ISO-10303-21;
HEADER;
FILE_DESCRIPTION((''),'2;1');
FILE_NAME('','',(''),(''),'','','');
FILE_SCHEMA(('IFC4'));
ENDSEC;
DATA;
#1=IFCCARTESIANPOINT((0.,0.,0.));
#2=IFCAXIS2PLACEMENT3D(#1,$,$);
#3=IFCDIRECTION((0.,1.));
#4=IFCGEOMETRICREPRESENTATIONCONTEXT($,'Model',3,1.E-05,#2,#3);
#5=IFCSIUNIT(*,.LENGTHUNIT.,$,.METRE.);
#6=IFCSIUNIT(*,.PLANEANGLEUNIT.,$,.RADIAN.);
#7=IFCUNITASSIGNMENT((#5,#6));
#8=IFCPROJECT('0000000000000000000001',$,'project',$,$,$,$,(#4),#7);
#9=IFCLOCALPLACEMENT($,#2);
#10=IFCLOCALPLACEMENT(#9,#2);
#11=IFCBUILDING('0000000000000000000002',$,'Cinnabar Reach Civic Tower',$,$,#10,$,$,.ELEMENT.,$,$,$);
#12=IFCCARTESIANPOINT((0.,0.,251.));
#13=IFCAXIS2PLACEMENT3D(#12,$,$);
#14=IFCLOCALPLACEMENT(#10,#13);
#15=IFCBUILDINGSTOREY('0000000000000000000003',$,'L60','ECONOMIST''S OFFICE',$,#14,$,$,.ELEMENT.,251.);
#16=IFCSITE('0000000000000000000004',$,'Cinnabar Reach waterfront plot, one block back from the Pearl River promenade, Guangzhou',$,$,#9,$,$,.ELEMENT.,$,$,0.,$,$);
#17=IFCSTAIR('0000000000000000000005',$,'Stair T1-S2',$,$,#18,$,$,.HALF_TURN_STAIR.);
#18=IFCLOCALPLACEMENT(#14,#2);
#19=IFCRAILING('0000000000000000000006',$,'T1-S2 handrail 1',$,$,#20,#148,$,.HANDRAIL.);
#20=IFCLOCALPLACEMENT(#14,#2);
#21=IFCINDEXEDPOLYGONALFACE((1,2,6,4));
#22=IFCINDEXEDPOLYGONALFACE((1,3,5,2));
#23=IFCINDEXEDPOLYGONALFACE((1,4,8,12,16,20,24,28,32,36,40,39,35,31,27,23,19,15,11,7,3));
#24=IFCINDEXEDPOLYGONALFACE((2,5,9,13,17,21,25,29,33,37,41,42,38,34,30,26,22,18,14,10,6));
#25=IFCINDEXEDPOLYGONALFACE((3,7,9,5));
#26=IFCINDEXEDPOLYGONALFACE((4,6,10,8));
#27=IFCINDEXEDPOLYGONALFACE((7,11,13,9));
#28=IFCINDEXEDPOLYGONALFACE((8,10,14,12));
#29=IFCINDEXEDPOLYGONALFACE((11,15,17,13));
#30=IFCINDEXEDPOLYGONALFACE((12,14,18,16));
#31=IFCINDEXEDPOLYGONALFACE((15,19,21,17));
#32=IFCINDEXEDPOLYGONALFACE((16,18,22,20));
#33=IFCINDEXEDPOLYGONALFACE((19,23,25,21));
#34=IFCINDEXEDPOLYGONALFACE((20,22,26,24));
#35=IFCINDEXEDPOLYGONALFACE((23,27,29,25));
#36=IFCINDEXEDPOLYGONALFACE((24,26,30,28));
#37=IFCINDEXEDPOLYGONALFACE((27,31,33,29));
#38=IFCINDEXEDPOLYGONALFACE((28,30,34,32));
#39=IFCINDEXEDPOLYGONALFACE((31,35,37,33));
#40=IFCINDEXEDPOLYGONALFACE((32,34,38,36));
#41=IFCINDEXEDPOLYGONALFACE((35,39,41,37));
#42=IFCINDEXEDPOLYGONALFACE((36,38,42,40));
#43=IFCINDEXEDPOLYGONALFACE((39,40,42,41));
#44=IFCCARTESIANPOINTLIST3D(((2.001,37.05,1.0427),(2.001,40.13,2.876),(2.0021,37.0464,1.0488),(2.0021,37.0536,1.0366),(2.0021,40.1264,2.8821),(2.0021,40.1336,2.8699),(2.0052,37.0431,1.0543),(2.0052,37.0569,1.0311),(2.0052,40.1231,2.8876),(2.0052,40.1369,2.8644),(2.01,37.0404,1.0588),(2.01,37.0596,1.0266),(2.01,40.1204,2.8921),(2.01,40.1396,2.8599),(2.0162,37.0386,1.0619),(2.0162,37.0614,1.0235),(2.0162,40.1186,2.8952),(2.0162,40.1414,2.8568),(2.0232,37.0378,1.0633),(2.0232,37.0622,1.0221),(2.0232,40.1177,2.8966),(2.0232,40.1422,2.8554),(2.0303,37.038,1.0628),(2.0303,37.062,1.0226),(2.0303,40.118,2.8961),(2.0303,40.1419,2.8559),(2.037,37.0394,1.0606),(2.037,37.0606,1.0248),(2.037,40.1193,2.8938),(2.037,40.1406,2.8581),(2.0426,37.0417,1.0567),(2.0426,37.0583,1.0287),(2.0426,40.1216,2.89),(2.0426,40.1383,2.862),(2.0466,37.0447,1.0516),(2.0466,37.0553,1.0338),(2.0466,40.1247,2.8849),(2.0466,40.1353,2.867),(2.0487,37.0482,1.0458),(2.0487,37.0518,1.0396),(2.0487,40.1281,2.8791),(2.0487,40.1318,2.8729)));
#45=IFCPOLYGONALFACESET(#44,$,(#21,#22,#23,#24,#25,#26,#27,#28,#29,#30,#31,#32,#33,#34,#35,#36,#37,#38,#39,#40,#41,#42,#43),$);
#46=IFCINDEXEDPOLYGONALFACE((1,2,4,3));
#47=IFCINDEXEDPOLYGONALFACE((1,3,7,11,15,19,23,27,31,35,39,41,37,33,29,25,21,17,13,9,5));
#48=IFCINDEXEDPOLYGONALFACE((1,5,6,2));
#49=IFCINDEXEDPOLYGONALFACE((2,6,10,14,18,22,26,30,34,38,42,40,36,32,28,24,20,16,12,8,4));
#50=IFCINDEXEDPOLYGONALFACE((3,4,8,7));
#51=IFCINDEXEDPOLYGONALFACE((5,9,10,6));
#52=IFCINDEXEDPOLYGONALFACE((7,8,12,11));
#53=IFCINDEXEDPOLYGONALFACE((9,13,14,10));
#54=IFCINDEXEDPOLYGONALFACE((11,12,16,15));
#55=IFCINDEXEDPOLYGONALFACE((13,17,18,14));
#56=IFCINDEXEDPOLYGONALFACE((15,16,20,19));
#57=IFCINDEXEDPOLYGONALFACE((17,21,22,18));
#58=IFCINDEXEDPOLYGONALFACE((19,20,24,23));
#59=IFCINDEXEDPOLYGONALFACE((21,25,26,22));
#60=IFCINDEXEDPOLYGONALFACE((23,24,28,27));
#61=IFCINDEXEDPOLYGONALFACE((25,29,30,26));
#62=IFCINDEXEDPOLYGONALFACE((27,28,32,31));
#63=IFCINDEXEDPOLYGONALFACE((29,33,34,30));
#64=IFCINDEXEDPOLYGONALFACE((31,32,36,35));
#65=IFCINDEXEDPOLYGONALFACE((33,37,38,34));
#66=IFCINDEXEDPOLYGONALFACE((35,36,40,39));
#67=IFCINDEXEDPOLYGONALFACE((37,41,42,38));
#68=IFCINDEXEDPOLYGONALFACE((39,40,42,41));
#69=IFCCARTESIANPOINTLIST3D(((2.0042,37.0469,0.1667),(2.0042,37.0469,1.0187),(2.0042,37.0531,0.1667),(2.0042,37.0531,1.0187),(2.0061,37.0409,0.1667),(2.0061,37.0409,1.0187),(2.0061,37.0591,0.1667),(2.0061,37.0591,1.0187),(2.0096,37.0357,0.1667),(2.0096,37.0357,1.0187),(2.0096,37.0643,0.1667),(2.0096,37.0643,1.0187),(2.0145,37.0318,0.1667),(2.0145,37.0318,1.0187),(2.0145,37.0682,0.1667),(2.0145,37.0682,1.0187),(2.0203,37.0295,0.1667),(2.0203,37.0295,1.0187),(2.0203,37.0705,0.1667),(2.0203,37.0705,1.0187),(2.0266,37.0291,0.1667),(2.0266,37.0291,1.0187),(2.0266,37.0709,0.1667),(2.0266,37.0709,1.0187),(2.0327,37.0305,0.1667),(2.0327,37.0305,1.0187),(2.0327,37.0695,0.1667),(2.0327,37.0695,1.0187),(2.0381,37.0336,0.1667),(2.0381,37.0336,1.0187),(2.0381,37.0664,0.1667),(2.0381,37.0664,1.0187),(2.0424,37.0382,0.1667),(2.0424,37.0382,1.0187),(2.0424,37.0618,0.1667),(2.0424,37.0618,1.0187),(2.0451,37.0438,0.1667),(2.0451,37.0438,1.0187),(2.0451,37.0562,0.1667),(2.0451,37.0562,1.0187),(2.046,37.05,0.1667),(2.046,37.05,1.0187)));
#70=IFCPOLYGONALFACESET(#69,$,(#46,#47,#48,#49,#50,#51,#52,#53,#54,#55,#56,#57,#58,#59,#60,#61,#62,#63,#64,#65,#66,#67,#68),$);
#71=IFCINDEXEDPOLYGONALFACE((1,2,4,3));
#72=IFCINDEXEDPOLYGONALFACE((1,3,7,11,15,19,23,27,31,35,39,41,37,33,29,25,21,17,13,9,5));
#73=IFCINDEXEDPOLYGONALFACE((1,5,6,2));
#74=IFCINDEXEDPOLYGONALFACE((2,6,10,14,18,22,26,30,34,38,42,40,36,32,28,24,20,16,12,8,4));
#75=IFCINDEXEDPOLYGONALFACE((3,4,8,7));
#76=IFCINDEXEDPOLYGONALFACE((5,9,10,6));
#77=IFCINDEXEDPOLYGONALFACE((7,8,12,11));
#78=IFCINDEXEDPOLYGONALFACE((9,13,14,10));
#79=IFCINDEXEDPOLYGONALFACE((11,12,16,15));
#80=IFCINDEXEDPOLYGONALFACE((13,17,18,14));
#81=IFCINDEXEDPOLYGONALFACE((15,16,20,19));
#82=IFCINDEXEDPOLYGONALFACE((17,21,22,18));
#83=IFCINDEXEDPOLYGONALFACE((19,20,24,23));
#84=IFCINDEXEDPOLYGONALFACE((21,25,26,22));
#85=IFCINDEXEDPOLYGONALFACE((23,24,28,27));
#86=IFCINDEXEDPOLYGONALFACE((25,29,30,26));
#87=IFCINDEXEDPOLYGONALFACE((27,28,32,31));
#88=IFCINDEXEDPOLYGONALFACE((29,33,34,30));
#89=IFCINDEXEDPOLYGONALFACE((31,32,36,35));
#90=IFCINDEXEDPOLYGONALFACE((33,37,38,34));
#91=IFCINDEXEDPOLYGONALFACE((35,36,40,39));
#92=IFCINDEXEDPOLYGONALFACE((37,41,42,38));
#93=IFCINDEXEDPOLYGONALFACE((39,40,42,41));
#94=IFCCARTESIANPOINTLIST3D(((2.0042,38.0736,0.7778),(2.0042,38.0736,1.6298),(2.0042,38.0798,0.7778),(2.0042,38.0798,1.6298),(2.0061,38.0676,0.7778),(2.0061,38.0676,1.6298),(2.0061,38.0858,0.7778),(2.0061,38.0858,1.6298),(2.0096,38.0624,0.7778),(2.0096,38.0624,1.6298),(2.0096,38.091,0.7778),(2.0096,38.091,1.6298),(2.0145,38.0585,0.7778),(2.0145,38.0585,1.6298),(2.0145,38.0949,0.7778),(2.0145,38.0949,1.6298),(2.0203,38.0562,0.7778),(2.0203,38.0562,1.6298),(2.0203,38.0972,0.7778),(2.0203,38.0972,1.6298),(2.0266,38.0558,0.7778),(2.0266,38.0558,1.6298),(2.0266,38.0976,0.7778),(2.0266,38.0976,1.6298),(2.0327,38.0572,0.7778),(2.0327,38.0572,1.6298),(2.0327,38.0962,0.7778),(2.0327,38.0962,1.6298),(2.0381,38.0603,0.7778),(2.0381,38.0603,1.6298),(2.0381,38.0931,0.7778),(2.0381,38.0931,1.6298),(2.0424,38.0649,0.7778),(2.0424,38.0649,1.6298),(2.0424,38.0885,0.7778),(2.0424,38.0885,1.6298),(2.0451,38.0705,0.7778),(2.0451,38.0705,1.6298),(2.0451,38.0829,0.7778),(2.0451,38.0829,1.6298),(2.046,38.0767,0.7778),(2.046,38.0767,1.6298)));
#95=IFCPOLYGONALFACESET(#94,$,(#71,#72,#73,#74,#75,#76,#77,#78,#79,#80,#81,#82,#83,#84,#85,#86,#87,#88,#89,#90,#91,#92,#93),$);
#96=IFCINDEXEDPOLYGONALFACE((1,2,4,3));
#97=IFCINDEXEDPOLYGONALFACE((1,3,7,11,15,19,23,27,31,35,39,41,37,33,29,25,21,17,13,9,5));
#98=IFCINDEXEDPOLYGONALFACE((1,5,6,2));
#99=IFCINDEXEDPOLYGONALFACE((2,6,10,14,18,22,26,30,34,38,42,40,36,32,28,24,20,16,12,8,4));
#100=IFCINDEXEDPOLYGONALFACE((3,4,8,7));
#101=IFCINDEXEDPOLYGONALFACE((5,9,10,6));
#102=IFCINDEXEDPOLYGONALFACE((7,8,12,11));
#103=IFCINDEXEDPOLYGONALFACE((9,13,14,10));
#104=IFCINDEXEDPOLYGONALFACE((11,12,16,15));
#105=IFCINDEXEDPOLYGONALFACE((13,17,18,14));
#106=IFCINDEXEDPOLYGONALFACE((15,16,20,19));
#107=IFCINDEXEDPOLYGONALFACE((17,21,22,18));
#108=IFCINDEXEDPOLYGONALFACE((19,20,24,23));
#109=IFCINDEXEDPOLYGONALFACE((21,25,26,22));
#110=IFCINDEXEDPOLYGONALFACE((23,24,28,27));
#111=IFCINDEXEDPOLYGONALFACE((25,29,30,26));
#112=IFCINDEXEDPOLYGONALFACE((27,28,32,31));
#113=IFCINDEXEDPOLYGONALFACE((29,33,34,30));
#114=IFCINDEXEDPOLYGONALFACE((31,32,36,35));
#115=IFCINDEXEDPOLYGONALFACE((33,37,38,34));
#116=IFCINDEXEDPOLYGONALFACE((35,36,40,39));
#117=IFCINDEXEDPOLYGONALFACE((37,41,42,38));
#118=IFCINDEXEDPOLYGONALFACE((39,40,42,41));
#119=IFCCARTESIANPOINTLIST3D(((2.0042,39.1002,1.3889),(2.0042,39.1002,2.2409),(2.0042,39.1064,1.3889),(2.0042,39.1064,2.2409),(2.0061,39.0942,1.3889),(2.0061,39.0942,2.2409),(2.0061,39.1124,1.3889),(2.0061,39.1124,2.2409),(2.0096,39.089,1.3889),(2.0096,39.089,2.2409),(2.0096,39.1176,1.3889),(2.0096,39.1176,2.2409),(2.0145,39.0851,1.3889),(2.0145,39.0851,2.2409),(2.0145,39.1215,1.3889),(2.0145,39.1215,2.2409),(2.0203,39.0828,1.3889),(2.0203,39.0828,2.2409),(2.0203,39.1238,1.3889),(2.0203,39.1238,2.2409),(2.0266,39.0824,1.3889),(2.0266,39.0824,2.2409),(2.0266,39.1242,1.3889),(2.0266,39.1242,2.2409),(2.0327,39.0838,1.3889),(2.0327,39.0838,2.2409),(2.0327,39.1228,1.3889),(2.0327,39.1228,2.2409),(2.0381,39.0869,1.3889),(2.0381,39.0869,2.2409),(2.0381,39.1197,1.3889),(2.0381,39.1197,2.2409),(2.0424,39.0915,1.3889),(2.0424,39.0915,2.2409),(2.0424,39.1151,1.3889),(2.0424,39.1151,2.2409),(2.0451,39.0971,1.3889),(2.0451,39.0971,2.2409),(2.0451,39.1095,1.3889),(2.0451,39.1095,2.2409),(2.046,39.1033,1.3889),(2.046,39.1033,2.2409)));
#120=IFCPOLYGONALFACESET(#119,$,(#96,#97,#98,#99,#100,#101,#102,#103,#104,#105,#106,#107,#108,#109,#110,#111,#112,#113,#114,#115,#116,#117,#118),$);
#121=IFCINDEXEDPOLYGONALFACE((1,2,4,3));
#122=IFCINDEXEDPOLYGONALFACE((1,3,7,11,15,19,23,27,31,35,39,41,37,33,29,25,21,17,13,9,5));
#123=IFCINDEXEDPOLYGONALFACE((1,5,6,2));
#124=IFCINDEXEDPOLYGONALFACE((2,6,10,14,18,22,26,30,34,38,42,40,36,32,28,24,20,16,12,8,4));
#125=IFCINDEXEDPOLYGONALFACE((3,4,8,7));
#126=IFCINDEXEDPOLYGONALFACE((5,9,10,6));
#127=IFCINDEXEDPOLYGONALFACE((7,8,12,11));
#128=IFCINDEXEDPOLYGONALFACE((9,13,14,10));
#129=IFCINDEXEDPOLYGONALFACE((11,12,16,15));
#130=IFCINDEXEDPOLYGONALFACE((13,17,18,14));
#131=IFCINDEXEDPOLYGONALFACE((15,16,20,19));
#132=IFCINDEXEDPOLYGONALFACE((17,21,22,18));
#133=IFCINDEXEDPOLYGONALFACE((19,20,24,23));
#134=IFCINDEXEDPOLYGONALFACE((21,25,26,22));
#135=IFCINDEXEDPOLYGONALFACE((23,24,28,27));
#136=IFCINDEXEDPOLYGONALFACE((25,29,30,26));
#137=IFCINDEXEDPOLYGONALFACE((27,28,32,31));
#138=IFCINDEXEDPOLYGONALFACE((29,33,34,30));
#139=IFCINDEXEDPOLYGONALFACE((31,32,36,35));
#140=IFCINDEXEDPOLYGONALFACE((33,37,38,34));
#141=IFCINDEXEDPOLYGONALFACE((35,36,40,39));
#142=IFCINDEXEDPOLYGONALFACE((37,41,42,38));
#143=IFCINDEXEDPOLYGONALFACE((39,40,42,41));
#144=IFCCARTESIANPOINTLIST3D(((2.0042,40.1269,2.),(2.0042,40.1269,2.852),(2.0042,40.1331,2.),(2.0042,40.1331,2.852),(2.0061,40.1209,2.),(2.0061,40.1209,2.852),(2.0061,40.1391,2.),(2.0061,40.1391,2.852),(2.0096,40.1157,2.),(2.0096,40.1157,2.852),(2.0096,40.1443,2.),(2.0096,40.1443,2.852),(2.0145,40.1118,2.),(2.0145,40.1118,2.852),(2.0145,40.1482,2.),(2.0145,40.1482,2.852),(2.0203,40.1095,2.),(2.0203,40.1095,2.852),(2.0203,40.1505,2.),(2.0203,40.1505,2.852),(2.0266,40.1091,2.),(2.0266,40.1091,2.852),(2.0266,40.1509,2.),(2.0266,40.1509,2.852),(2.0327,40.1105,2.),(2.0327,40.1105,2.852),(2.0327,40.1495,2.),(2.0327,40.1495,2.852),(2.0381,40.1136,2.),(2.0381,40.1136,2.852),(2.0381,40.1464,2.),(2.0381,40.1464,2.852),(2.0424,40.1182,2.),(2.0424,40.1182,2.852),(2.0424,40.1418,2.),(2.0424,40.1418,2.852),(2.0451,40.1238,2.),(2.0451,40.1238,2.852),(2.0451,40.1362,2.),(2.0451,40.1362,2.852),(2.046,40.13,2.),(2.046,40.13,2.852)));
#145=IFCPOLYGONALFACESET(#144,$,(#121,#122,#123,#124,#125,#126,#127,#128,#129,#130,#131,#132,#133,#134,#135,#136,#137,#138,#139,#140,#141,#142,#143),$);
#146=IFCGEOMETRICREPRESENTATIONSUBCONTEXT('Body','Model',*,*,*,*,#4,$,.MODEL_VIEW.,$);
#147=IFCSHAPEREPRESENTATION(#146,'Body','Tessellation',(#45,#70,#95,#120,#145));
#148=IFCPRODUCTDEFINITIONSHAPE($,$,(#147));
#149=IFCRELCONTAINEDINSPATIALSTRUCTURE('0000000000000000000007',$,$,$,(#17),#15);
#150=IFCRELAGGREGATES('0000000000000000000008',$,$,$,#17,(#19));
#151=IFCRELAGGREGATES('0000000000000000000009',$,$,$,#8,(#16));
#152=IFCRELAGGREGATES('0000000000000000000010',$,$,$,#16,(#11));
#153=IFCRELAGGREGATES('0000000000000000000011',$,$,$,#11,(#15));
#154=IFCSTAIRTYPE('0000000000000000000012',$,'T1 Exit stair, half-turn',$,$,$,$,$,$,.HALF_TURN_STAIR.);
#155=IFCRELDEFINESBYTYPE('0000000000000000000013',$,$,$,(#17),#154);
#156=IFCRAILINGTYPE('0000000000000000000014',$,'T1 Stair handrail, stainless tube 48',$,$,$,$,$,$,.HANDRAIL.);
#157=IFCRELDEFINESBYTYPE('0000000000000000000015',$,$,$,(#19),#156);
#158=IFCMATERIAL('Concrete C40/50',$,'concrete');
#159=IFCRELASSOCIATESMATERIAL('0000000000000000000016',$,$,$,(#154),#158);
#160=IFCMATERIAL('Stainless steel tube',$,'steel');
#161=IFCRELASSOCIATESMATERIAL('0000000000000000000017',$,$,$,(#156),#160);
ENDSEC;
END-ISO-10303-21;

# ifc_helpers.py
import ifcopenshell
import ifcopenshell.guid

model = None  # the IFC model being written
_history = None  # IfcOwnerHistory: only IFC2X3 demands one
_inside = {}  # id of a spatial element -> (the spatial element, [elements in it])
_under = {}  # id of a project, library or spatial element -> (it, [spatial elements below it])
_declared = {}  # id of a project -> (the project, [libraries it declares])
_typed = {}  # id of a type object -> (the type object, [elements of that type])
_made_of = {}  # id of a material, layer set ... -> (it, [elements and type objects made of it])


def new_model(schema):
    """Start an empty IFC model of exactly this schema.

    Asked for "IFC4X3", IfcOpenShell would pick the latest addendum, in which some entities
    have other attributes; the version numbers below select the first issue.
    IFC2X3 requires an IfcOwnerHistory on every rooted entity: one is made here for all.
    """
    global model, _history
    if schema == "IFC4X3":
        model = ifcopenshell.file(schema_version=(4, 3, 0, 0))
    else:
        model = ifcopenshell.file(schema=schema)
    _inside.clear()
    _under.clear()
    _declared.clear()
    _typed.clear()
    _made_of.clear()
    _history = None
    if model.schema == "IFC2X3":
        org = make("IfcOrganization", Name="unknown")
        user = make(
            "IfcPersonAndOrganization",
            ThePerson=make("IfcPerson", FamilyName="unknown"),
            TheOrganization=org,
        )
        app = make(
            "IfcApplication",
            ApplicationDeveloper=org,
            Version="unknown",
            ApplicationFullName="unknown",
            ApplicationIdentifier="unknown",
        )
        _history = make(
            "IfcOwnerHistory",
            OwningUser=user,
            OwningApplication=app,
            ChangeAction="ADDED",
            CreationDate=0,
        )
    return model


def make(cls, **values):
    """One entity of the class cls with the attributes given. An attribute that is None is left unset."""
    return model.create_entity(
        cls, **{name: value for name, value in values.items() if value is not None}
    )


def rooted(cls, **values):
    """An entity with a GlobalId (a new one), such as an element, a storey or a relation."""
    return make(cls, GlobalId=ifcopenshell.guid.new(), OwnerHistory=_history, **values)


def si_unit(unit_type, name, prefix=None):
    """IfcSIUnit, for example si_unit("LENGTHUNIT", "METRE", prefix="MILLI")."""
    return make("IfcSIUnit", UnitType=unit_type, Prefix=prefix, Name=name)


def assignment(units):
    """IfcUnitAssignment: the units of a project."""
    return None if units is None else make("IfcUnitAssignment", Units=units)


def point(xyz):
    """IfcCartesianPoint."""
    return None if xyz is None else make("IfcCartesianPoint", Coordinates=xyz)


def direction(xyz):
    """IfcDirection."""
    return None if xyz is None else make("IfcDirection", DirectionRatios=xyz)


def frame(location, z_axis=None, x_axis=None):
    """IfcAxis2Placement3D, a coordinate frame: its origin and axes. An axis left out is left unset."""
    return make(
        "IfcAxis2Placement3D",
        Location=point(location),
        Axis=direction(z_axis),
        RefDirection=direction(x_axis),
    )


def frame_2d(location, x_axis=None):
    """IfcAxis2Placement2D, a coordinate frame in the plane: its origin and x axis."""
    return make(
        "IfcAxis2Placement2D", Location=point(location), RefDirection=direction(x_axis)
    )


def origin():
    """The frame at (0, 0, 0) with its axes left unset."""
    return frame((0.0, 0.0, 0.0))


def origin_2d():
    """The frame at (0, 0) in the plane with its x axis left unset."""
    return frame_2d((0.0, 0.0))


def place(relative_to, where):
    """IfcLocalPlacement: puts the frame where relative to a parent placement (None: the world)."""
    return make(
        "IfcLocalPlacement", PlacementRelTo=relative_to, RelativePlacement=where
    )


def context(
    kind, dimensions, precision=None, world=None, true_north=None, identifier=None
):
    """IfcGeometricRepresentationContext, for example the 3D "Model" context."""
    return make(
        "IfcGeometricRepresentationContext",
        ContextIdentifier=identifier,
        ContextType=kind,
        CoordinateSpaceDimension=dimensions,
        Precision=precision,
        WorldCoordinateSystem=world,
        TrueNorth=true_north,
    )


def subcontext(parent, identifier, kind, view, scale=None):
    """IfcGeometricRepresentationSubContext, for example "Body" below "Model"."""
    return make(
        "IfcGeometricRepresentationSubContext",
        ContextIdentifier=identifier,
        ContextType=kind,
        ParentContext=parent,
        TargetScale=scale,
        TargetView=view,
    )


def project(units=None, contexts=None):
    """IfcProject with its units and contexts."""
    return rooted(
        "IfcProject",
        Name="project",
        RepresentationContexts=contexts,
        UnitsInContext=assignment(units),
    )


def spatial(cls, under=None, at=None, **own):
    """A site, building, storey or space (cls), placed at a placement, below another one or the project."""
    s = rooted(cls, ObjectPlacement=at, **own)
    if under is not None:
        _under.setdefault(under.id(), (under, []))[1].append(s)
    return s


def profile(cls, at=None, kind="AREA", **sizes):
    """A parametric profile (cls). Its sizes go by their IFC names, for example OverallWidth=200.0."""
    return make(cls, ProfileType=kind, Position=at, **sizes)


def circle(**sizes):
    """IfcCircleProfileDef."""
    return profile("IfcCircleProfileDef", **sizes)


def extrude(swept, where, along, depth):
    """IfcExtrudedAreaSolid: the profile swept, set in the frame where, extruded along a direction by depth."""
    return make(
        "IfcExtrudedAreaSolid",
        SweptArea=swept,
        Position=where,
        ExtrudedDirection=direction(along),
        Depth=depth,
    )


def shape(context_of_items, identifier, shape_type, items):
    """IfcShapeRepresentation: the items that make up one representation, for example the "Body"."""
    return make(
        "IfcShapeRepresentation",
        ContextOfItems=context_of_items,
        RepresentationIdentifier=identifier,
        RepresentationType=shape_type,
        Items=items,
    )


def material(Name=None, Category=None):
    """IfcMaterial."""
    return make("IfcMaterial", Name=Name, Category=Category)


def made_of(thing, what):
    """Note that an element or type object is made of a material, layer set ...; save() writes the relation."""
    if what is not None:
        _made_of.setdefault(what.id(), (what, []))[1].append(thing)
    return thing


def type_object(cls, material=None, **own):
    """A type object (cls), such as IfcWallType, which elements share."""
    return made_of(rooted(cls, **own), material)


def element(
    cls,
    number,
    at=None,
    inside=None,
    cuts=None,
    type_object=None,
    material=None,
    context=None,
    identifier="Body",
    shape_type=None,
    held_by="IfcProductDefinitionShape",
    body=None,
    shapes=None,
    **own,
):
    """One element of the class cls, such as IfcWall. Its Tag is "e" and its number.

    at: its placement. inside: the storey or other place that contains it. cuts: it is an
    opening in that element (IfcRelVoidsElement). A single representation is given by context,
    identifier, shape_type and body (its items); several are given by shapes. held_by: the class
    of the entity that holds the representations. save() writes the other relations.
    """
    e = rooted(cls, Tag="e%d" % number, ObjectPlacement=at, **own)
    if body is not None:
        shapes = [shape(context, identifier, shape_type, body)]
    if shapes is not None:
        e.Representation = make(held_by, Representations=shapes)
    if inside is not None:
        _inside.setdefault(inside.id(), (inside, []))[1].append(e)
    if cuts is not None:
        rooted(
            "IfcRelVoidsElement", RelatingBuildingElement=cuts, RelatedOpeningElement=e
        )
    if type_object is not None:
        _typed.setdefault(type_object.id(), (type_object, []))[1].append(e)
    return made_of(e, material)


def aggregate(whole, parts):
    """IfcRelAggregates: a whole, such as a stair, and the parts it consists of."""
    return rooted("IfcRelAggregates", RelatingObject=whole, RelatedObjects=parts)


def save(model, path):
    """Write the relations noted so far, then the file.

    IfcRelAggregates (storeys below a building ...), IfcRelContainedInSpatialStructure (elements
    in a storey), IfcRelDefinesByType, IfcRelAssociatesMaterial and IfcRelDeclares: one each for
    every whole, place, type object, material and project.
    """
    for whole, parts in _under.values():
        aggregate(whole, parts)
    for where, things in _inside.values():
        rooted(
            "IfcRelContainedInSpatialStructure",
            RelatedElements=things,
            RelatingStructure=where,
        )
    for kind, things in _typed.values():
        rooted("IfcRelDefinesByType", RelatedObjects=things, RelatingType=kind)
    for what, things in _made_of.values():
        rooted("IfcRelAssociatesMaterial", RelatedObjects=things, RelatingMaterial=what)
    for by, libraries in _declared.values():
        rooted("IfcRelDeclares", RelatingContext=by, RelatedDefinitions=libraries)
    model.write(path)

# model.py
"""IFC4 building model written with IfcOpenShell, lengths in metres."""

from ifc_helpers import new_model, si_unit, direction, frame, origin, origin_2d, place, context, subcontext, project, spatial, circle, extrude, material, type_object, element, aggregate, save


model = new_model("IFC4")

# Units and contexts
model_context = context("Model", 3, precision=1e-05, world=origin(), true_north=direction((0.0, 1.0)))
body_context = subcontext(model_context, "Body", "Model", "MODEL_VIEW")
ifc_project = project(units=[si_unit("LENGTHUNIT", "METRE"), si_unit("PLANEANGLEUNIT", "RADIAN")], contexts=[model_context])

# Site, building, storey
site_placement = place(None, origin())
site = spatial("IfcSite", under=ifc_project, at=site_placement, Name="Cinnabar Reach waterfront plot, one block back from the Pearl River promenade, Guangzhou", CompositionType="ELEMENT", RefElevation=0.0)
building_placement = place(site_placement, origin())
building = spatial("IfcBuilding", under=site, at=building_placement, Name="Cinnabar Reach Civic Tower", CompositionType="ELEMENT")
storey_placement = place(building_placement, frame((0.0, 0.0, 251.0)))
storey = spatial("IfcBuildingStorey", under=building, at=storey_placement, Name="L60", Description="ECONOMIST'S OFFICE", CompositionType="ELEMENT", Elevation=251.0)

# Shared definitions
ifc_material_1 = material(Name="Concrete C40/50", Category="concrete")

# Stair, railing
stair_type = type_object("IfcStairType", Name="T1 Exit stair, half-turn", PredefinedType="HALF_TURN_STAIR", material=ifc_material_1)
stair_placement = place(storey_placement, origin())
stair = element("IfcStair", 1, at=stair_placement, inside=storey, type_object=stair_type, Name="Stair T1-S2", PredefinedType="HALF_TURN_STAIR")
ifc_material_2 = material(Name="Stainless steel tube", Category="steel")
railing_type = type_object("IfcRailingType", Name="T1 Stair handrail, stainless tube 48", PredefinedType="HANDRAIL", material=ifc_material_2)
railing_1_placement = place(storey_placement, frame((2.025, 37.05, 0.1667)))
railing_1 = element("IfcRailing", 2, at=railing_1_placement, type_object=railing_type, Name="T1-S2 handrail 1", PredefinedType="HANDRAIL", context=body_context, shape_type="SweptSolid", body=[
    extrude(circle(Radius=0.024, at=origin_2d()), frame((0.0, 0.0, 0.876), z_axis=(0.0, 0.859297, 0.511477), x_axis=(-1.0, 0.0, 0.0)), (0.0, 0.0, 1.0), 3.5843),
    extrude(circle(Radius=0.021, at=origin_2d()), origin(), (0.0, 0.0, 1.0), 0.852),
    extrude(circle(Radius=0.021, at=origin_2d()), frame((0.0, 1.0267, 0.6111)), (0.0, 0.0, 1.0), 0.852),
    extrude(circle(Radius=0.021, at=origin_2d()), frame((0.0, 2.0533, 1.2222)), (0.0, 0.0, 1.0), 0.852),
    extrude(circle(Radius=0.021, at=origin_2d()), frame((0.0, 3.08, 1.8333)), (0.0, 0.0, 1.0), 0.852),
])
aggregate(stair, [railing_1])

save(model, "model.ifc")
